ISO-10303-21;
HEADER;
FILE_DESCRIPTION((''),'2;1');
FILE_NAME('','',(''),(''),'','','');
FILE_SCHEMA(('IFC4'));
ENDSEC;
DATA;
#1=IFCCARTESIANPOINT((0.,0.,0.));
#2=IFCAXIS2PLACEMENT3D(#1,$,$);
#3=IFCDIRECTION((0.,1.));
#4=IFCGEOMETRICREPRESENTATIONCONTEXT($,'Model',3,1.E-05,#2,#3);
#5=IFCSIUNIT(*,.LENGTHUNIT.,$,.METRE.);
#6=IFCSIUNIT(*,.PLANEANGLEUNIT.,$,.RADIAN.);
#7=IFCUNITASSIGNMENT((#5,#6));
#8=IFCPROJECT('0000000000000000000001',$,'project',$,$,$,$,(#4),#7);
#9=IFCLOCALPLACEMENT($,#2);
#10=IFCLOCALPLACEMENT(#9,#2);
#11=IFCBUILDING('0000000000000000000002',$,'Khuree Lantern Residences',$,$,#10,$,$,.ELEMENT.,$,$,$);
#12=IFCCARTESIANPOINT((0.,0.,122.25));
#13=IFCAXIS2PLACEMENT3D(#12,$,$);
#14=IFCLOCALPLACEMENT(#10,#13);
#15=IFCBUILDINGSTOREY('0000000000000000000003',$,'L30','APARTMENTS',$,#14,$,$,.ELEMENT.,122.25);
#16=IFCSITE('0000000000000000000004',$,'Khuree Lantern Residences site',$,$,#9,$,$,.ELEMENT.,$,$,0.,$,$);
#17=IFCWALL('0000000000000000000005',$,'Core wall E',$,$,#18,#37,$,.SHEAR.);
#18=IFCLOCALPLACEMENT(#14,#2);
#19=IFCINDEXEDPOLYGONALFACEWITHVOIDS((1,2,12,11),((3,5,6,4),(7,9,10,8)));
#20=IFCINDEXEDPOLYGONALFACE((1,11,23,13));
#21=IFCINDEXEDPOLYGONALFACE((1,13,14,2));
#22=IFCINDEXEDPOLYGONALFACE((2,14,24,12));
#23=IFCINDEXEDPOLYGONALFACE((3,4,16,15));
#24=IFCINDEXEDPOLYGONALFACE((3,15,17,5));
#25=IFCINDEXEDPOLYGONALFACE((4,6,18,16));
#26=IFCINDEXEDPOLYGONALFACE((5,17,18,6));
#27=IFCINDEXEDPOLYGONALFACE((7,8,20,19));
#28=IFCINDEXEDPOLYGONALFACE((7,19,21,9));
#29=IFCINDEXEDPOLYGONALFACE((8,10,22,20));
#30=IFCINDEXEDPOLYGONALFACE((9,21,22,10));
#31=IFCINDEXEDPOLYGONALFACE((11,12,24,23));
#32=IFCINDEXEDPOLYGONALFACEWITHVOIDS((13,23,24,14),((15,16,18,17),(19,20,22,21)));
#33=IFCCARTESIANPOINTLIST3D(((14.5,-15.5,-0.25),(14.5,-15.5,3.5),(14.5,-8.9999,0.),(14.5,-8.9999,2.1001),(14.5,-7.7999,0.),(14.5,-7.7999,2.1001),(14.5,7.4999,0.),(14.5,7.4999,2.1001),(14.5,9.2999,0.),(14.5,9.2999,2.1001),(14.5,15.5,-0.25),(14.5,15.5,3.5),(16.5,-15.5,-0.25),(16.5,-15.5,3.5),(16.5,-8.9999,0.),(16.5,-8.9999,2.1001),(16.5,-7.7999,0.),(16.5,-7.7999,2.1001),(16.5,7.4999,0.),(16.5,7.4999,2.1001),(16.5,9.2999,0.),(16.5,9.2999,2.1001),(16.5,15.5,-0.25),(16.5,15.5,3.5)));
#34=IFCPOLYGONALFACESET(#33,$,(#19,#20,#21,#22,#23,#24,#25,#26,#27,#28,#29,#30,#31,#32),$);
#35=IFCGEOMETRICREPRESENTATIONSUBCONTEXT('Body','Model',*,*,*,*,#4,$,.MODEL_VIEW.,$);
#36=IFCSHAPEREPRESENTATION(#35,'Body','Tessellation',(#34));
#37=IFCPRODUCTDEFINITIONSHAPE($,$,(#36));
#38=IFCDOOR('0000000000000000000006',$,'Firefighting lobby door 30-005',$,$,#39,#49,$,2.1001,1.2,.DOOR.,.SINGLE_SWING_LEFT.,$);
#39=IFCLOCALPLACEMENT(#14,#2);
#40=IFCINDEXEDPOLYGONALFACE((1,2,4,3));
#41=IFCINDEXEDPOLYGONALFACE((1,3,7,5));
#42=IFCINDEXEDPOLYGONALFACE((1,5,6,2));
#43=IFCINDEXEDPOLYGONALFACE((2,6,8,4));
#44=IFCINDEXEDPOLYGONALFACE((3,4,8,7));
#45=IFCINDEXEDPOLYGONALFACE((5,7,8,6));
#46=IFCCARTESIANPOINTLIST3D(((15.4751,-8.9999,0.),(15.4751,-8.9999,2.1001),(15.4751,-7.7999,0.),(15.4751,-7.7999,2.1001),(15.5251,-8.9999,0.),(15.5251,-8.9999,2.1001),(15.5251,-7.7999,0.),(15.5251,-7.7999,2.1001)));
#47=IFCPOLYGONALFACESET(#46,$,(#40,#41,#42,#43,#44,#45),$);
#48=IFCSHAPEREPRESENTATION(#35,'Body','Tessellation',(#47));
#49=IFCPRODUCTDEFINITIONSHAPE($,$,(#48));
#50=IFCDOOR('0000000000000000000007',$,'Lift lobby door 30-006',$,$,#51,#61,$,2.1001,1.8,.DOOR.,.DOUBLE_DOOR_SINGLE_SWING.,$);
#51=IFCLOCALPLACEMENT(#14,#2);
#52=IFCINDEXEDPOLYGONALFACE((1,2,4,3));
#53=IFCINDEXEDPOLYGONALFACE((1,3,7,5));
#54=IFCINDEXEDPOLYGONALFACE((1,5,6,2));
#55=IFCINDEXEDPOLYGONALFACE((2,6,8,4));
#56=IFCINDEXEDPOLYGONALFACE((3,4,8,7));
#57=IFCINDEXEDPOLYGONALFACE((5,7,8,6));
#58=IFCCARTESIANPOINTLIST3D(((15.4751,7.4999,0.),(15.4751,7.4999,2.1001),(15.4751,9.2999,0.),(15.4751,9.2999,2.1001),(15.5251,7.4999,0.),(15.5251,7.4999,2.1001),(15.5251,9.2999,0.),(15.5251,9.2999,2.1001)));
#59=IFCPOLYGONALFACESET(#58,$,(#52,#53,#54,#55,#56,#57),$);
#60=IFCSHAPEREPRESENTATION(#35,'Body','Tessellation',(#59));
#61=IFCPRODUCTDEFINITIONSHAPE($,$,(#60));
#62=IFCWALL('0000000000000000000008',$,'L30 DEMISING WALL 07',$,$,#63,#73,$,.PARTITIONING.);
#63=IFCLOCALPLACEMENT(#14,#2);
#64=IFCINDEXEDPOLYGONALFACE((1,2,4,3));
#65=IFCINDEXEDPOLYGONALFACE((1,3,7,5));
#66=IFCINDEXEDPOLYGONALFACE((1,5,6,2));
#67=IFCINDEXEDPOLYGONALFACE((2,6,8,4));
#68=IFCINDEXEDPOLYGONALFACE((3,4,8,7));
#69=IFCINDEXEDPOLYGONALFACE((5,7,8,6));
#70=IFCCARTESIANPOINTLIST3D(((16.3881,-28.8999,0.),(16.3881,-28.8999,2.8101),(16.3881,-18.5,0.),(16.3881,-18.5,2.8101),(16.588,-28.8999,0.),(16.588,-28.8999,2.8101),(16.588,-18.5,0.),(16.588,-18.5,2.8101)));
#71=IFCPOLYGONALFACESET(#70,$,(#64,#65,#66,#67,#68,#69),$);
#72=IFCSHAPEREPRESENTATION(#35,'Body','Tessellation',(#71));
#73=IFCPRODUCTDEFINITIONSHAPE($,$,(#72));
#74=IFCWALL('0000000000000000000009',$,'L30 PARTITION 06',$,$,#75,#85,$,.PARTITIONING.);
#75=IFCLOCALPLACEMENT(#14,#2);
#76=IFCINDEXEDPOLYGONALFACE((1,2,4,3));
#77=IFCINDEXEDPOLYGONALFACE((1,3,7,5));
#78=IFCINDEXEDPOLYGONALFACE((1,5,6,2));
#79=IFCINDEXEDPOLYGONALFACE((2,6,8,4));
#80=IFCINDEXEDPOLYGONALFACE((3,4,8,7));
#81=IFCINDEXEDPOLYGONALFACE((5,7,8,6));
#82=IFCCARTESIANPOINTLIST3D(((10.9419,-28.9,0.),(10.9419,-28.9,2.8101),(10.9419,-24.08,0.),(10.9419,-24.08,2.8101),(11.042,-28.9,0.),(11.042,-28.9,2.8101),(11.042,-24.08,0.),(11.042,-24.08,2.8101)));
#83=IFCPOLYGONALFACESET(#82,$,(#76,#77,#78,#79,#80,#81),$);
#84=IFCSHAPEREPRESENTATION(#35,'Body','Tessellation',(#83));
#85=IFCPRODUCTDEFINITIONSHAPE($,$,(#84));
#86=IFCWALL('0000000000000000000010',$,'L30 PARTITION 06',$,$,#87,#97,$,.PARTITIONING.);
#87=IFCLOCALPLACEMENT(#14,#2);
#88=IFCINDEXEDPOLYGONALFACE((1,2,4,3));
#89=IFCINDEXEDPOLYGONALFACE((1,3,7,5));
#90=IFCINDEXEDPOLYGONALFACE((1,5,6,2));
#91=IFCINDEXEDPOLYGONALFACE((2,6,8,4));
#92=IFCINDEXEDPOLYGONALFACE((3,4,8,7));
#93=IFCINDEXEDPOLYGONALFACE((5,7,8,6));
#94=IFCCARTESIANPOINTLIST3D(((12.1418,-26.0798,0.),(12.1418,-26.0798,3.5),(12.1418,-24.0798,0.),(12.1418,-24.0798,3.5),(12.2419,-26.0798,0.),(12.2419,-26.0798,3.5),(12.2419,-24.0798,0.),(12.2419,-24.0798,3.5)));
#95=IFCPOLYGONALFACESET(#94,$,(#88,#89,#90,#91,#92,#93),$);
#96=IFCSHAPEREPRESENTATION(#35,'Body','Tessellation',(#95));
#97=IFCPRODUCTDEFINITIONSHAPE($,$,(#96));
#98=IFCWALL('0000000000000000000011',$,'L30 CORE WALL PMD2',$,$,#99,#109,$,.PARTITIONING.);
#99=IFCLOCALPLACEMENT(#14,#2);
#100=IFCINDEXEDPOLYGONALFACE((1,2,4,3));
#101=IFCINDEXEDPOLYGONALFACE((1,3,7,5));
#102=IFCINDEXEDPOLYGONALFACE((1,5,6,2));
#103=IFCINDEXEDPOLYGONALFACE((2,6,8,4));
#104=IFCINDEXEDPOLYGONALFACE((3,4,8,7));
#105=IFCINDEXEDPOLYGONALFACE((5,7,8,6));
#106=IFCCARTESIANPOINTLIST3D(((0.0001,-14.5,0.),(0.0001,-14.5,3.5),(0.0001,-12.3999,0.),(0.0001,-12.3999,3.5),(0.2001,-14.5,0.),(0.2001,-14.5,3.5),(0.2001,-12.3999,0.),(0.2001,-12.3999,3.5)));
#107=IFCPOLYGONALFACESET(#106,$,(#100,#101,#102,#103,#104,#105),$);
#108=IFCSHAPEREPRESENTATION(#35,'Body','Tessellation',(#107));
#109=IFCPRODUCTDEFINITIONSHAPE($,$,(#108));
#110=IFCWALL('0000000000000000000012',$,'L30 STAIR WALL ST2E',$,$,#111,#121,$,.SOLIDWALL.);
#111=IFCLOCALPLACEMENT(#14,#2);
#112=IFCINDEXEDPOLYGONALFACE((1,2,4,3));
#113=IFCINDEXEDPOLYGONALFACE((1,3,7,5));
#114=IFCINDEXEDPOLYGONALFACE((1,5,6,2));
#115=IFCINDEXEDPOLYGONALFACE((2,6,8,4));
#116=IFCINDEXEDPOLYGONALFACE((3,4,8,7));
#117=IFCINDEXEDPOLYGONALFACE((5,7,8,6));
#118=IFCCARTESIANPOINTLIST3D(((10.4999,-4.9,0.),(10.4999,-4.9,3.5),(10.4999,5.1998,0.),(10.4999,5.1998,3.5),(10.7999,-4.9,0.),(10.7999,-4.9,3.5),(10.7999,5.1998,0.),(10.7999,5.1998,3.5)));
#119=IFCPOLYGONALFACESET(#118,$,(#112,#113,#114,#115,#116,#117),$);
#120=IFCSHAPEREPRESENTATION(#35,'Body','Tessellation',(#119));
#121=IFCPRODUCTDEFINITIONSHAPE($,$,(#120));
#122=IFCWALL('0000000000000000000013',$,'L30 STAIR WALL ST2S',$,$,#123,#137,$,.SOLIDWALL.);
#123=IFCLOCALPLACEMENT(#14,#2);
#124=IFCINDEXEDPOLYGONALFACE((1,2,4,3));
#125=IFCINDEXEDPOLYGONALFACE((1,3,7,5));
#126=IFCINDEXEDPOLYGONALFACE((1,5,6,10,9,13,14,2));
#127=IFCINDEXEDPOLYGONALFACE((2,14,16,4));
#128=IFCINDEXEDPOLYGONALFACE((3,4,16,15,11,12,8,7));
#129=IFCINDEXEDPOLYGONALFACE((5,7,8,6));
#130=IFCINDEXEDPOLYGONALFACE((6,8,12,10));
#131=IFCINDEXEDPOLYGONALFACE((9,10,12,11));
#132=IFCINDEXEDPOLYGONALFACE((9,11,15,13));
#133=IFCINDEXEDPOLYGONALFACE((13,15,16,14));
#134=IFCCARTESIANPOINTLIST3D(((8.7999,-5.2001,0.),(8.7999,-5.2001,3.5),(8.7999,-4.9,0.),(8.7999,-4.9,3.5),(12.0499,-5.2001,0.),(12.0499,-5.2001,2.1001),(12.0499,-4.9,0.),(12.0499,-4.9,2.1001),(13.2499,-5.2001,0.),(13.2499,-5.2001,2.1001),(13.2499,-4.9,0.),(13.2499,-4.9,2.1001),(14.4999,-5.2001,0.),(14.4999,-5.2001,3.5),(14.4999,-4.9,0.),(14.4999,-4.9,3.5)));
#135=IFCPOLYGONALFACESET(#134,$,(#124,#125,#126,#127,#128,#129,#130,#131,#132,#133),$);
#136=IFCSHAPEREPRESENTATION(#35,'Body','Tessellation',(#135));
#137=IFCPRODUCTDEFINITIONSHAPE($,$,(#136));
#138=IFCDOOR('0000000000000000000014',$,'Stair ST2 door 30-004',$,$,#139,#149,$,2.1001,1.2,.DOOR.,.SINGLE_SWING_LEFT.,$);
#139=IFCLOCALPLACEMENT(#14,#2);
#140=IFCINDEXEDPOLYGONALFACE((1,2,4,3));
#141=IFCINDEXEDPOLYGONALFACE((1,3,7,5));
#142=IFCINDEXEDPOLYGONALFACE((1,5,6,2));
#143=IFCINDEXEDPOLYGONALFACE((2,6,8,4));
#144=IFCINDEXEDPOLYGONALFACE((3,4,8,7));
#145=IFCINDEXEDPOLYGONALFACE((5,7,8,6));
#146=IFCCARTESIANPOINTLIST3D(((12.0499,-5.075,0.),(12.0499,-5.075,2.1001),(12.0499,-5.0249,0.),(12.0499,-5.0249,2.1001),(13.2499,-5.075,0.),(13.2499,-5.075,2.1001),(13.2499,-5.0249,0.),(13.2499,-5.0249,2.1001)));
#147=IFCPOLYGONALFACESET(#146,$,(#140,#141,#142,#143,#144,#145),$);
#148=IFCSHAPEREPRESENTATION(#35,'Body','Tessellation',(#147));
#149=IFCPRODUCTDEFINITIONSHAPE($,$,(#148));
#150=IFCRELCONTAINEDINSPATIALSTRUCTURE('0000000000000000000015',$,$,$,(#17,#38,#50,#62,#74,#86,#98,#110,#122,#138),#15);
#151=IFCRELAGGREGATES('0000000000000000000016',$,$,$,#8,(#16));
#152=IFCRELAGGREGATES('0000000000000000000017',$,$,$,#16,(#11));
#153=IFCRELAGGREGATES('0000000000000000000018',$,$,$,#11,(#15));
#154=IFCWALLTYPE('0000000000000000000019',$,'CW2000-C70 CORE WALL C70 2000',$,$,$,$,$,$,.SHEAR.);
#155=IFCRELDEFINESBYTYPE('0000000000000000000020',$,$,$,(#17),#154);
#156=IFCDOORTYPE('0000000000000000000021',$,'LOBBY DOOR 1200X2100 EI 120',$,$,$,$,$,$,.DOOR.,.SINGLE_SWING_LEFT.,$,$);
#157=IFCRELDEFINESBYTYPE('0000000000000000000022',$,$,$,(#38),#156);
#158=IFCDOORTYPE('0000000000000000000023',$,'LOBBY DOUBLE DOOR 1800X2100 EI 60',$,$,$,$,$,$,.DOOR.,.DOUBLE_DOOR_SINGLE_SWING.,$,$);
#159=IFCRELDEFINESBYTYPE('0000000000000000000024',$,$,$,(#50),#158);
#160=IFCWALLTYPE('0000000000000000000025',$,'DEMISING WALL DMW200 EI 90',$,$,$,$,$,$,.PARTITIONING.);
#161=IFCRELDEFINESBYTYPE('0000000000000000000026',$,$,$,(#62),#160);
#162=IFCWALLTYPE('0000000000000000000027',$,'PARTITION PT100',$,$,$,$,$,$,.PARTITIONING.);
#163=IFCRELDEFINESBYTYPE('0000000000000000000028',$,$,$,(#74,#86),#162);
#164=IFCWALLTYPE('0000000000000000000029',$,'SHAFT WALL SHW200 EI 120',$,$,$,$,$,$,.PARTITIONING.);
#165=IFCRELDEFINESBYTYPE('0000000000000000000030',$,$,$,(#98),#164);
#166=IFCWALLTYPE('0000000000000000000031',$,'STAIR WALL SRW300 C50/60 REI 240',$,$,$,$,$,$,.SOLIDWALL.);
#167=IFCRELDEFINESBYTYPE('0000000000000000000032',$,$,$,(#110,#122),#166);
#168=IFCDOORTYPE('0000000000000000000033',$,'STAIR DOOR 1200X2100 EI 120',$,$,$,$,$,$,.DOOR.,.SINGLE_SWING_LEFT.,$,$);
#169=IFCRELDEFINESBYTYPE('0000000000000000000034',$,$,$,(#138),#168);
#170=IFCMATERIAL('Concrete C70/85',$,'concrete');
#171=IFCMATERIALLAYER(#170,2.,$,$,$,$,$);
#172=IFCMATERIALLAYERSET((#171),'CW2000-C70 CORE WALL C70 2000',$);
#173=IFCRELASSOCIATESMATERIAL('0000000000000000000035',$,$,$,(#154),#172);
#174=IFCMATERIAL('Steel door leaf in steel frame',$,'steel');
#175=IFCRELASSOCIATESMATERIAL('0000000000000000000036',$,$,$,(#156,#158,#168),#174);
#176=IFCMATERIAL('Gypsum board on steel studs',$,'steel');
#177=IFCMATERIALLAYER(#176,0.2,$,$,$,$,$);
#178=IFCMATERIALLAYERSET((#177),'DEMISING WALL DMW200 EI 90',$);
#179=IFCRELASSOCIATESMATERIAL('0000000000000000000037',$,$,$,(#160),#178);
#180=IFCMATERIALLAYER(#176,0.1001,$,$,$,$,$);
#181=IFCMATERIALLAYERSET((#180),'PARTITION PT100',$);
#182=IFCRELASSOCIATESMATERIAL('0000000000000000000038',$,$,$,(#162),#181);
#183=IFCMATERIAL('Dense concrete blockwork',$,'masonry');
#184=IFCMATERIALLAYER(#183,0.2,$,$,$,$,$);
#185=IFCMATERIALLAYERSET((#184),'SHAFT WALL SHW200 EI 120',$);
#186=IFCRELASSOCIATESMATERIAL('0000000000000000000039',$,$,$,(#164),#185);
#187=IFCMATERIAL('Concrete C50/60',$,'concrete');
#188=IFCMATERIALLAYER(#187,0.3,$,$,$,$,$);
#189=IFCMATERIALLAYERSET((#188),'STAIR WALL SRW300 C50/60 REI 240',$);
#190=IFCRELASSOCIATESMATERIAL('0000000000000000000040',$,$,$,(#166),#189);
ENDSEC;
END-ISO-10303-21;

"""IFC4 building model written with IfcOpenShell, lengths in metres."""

from ifc_helpers import new_model, si_unit, direction, frame, frame_2d, origin, place, context, subcontext, project, spatial, rectangle, extrude, material, layer, layer_set, type_object, element, fill, save


model = new_model("IFC4")

# Units and contexts
model_context = context("Model", 3, precision=1e-05, world=origin(), true_north=direction((0.0, 1.0)))
body_context = subcontext(model_context, "Body", "Model", "MODEL_VIEW")
ifc_project = project(units=[si_unit("LENGTHUNIT", "METRE"), si_unit("PLANEANGLEUNIT", "RADIAN")], contexts=[model_context])

# Site, building, storey
site_placement = place(None, origin())
site = spatial("IfcSite", under=ifc_project, at=site_placement, Name="Khuree Lantern Residences site", CompositionType="ELEMENT", RefElevation=0.0)
building_placement = place(site_placement, origin())
building = spatial("IfcBuilding", under=site, at=building_placement, Name="Khuree Lantern Residences", CompositionType="ELEMENT")
storey_placement = place(building_placement, frame((0.0, 0.0, 122.25)))
storey = spatial("IfcBuildingStorey", under=building, at=storey_placement, Name="L30", Description="APARTMENTS", CompositionType="ELEMENT", Elevation=122.25)

# Shared definitions
ifc_material_1 = material(Name="Concrete C70/85", Category="concrete")

# Shared definitions
ifc_material_2 = material(Name="Dense concrete blockwork", Category="masonry")

# Shared definitions
ifc_material_3 = material(Name="Gypsum board on steel studs", Category="steel")

# Wall, openings, doors
ifc_layer_1 = layer(ifc_material_1, 2.0)
ifc_layer_set_1 = layer_set([ifc_layer_1], Name="CW2000-C70 CORE WALL C70 2000")
wall_type_1 = type_object("IfcWallType", Name="CW2000-C70 CORE WALL C70 2000", PredefinedType="SHEAR", material=ifc_layer_set_1)
wall_1_placement = place(storey_placement, frame((15.5, -15.5, -0.25), z_axis=(0.0, 0.0, 1.0), x_axis=(0.0, 1.0, 0.0)))
wall_1 = element("IfcWall", 1, at=wall_1_placement, inside=storey, type_object=wall_type_1, Name="Core wall E", PredefinedType="SHEAR", context=body_context, shape_type="SweptSolid", body=[
    extrude(rectangle(XDim=31.0, YDim=2.0, at=frame_2d((15.5, 0.0))), origin(), (0.0, 0.0, 1.0), 3.75),
])
opening_1_placement = place(wall_1_placement, frame((6.5, 0.0, 0.25)))
opening_1 = element("IfcOpeningElement", 2, at=opening_1_placement, cuts=wall_1, PredefinedType="OPENING", context=body_context, shape_type="SweptSolid", body=[
    extrude(rectangle(XDim=1.2, YDim=2.1001, at=frame_2d((0.6001, 1.05))), frame((0.0, 1.01, 0.0), z_axis=(0.0, -1.0, 0.0), x_axis=(1.0, 0.0, 0.0)), (0.0, 0.0, 1.0), 2.02),
])
opening_2_placement = place(wall_1_placement, frame((23.0, 0.0, 0.25)))
opening_2 = element("IfcOpeningElement", 3, at=opening_2_placement, cuts=wall_1, PredefinedType="OPENING", context=body_context, shape_type="SweptSolid", body=[
    extrude(rectangle(XDim=1.8, YDim=2.1001, at=frame_2d((0.8999, 1.05))), frame((0.0, 1.01, 0.0), z_axis=(0.0, -1.0, 0.0), x_axis=(1.0, 0.0, 0.0)), (0.0, 0.0, 1.0), 2.02),
])
ifc_material_4 = material(Name="Steel door leaf in steel frame", Category="steel")
door_type_1 = type_object("IfcDoorType", Name="LOBBY DOOR 1200X2100 EI 120", OperationType="SINGLE_SWING_LEFT", PredefinedType="DOOR", material=ifc_material_4)
door_1_placement = place(opening_1_placement, origin())
door_1 = element("IfcDoor", 4, at=door_1_placement, inside=storey, type_object=door_type_1, Name="Firefighting lobby door 30-005", OperationType="SINGLE_SWING_LEFT", OverallHeight=2.1001, OverallWidth=1.2, PredefinedType="DOOR", context=body_context, shape_type="SweptSolid", body=[
    extrude(rectangle(XDim=1.2, YDim=2.1001, at=frame_2d((0.6001, 1.05))), frame((0.0, 0.0249, 0.0), z_axis=(0.0, -1.0, 0.0), x_axis=(1.0, 0.0, 0.0)), (0.0, 0.0, 1.0), 0.05),
])
fill(opening_1, door_1)
door_type_2 = type_object("IfcDoorType", Name="LOBBY DOUBLE DOOR 1800X2100 EI 60", OperationType="DOUBLE_DOOR_SINGLE_SWING", PredefinedType="DOOR", material=ifc_material_4)
door_2_placement = place(opening_2_placement, origin())
door_2 = element("IfcDoor", 5, at=door_2_placement, inside=storey, type_object=door_type_2, Name="Lift lobby door 30-006", OperationType="DOUBLE_DOOR_SINGLE_SWING", OverallHeight=2.1001, OverallWidth=1.8, PredefinedType="DOOR", context=body_context, shape_type="SweptSolid", body=[
    extrude(rectangle(XDim=1.8, YDim=2.1001, at=frame_2d((0.8999, 1.05))), frame((0.0, 0.0249, 0.0), z_axis=(0.0, -1.0, 0.0), x_axis=(1.0, 0.0, 0.0)), (0.0, 0.0, 1.0), 0.05),
])
fill(opening_2, door_2)

# Walls
ifc_layer_2 = layer(ifc_material_3, 0.2)
ifc_layer_set_2 = layer_set([ifc_layer_2], Name="DEMISING WALL DMW200 EI 90")
wall_type_2 = type_object("IfcWallType", Name="DEMISING WALL DMW200 EI 90", PredefinedType="PARTITIONING", material=ifc_layer_set_2)
wall_2_placement = place(storey_placement, frame((16.488, -18.5, 0.0), z_axis=(0.0, 0.0, 1.0), x_axis=(0.0, -1.0, 0.0)))
element("IfcWall", 6, at=wall_2_placement, inside=storey, type_object=wall_type_2, Name="L30 DEMISING WALL 07", PredefinedType="PARTITIONING", context=body_context, shape_type="SweptSolid", body=[
    extrude(rectangle(XDim=10.3999, YDim=0.2, at=frame_2d((5.2, 0.0))), origin(), (0.0, 0.0, 1.0), 2.8101),
])
ifc_layer_3 = layer(ifc_material_3, 0.1001)
ifc_layer_set_3 = layer_set([ifc_layer_3], Name="PARTITION PT100")
wall_type_3 = type_object("IfcWallType", Name="PARTITION PT100", PredefinedType="PARTITIONING", material=ifc_layer_set_3)
wall_3_placement = place(storey_placement, frame((10.9919, -24.0798, 0.0), z_axis=(0.0, 0.0, 1.0), x_axis=(0.0, -1.0, 0.0)))
element("IfcWall", 7, at=wall_3_placement, inside=storey, type_object=wall_type_3, Name="L30 PARTITION 06", PredefinedType="PARTITIONING", context=body_context, shape_type="SweptSolid", body=[
    extrude(rectangle(XDim=4.8201, YDim=0.1001, at=frame_2d((2.4102, 0.0))), origin(), (0.0, 0.0, 1.0), 2.8101),
])
wall_4_placement = place(storey_placement, frame((12.1919, -24.0798, 0.0), z_axis=(0.0, 0.0, 1.0), x_axis=(0.0, -1.0, 0.0)))
element("IfcWall", 8, at=wall_4_placement, inside=storey, type_object=wall_type_3, Name="L30 PARTITION 06", PredefinedType="PARTITIONING", context=body_context, shape_type="SweptSolid", body=[
    extrude(rectangle(XDim=2.0, YDim=0.1001, at=frame_2d((1.0, 0.0))), origin(), (0.0, 0.0, 1.0), 3.5),
])
ifc_layer_4 = layer(ifc_material_2, 0.2)
ifc_layer_set_4 = layer_set([ifc_layer_4], Name="SHAFT WALL SHW200 EI 120")
wall_type_4 = type_object("IfcWallType", Name="SHAFT WALL SHW200 EI 120", PredefinedType="PARTITIONING", material=ifc_layer_set_4)
wall_5_placement = place(storey_placement, frame((0.1001, -14.5, 0.0), z_axis=(0.0, 0.0, 1.0), x_axis=(0.0, 1.0, 0.0)))
element("IfcWall", 9, at=wall_5_placement, inside=storey, type_object=wall_type_4, Name="L30 CORE WALL PMD2", PredefinedType="PARTITIONING", context=body_context, shape_type="SweptSolid", body=[
    extrude(rectangle(XDim=2.1001, YDim=0.2, at=frame_2d((1.05, 0.0))), origin(), (0.0, 0.0, 1.0), 3.5),
])
ifc_material_5 = material(Name="Concrete C50/60", Category="concrete")
ifc_layer_5 = layer(ifc_material_5, 0.3)
ifc_layer_set_5 = layer_set([ifc_layer_5], Name="STAIR WALL SRW300 C50/60 REI 240")
wall_type_5 = type_object("IfcWallType", Name="STAIR WALL SRW300 C50/60 REI 240", PredefinedType="SOLIDWALL", material=ifc_layer_set_5)
wall_6_placement = place(storey_placement, frame((10.6499, -4.8999, 0.0), z_axis=(0.0, 0.0, 1.0), x_axis=(0.0, 1.0, 0.0)))
element("IfcWall", 10, at=wall_6_placement, inside=storey, type_object=wall_type_5, Name="L30 STAIR WALL ST2E", PredefinedType="SOLIDWALL", context=body_context, shape_type="SweptSolid", body=[
    extrude(rectangle(XDim=10.0999, YDim=0.3, at=frame_2d((5.0498, 0.0))), origin(), (0.0, 0.0, 1.0), 3.5),
])

# Wall, opening, door
wall_7_placement = place(storey_placement, frame((14.5, -5.05, 0.0), z_axis=(0.0, 0.0, 1.0), x_axis=(-1.0, 0.0, 0.0)))
wall_7 = element("IfcWall", 11, at=wall_7_placement, inside=storey, type_object=wall_type_5, Name="L30 STAIR WALL ST2S", PredefinedType="SOLIDWALL", context=body_context, shape_type="SweptSolid", body=[
    extrude(rectangle(XDim=5.7, YDim=0.3, at=frame_2d((2.8501, 0.0))), origin(), (0.0, 0.0, 1.0), 3.5),
])
opening_3_placement = place(wall_7_placement, frame((1.25, 0.0, 0.0)))
opening_3 = element("IfcOpeningElement", 12, at=opening_3_placement, cuts=wall_7, PredefinedType="OPENING", context=body_context, shape_type="SweptSolid", body=[
    extrude(rectangle(XDim=1.2, YDim=2.1001, at=frame_2d((0.6001, 1.05))), frame((0.0, 0.1602, 0.0), z_axis=(0.0, -1.0, 0.0), x_axis=(1.0, 0.0, 0.0)), (0.0, 0.0, 1.0), 0.3201),
])
door_type_3 = type_object("IfcDoorType", Name="STAIR DOOR 1200X2100 EI 120", OperationType="SINGLE_SWING_LEFT", PredefinedType="DOOR", material=ifc_material_4)
door_3_placement = place(opening_3_placement, origin())
door_3 = element("IfcDoor", 13, at=door_3_placement, inside=storey, type_object=door_type_3, Name="Stair ST2 door 30-004", OperationType="SINGLE_SWING_LEFT", OverallHeight=2.1001, OverallWidth=1.2, PredefinedType="DOOR", context=body_context, shape_type="SweptSolid", body=[
    extrude(rectangle(XDim=1.2, YDim=2.1001, at=frame_2d((0.6001, 1.05))), frame((0.0, 0.0249, 0.0), z_axis=(0.0, -1.0, 0.0), x_axis=(1.0, 0.0, 0.0)), (0.0, 0.0, 1.0), 0.05),
])
fill(opening_3, door_3)

save(model, "model.ifc")
